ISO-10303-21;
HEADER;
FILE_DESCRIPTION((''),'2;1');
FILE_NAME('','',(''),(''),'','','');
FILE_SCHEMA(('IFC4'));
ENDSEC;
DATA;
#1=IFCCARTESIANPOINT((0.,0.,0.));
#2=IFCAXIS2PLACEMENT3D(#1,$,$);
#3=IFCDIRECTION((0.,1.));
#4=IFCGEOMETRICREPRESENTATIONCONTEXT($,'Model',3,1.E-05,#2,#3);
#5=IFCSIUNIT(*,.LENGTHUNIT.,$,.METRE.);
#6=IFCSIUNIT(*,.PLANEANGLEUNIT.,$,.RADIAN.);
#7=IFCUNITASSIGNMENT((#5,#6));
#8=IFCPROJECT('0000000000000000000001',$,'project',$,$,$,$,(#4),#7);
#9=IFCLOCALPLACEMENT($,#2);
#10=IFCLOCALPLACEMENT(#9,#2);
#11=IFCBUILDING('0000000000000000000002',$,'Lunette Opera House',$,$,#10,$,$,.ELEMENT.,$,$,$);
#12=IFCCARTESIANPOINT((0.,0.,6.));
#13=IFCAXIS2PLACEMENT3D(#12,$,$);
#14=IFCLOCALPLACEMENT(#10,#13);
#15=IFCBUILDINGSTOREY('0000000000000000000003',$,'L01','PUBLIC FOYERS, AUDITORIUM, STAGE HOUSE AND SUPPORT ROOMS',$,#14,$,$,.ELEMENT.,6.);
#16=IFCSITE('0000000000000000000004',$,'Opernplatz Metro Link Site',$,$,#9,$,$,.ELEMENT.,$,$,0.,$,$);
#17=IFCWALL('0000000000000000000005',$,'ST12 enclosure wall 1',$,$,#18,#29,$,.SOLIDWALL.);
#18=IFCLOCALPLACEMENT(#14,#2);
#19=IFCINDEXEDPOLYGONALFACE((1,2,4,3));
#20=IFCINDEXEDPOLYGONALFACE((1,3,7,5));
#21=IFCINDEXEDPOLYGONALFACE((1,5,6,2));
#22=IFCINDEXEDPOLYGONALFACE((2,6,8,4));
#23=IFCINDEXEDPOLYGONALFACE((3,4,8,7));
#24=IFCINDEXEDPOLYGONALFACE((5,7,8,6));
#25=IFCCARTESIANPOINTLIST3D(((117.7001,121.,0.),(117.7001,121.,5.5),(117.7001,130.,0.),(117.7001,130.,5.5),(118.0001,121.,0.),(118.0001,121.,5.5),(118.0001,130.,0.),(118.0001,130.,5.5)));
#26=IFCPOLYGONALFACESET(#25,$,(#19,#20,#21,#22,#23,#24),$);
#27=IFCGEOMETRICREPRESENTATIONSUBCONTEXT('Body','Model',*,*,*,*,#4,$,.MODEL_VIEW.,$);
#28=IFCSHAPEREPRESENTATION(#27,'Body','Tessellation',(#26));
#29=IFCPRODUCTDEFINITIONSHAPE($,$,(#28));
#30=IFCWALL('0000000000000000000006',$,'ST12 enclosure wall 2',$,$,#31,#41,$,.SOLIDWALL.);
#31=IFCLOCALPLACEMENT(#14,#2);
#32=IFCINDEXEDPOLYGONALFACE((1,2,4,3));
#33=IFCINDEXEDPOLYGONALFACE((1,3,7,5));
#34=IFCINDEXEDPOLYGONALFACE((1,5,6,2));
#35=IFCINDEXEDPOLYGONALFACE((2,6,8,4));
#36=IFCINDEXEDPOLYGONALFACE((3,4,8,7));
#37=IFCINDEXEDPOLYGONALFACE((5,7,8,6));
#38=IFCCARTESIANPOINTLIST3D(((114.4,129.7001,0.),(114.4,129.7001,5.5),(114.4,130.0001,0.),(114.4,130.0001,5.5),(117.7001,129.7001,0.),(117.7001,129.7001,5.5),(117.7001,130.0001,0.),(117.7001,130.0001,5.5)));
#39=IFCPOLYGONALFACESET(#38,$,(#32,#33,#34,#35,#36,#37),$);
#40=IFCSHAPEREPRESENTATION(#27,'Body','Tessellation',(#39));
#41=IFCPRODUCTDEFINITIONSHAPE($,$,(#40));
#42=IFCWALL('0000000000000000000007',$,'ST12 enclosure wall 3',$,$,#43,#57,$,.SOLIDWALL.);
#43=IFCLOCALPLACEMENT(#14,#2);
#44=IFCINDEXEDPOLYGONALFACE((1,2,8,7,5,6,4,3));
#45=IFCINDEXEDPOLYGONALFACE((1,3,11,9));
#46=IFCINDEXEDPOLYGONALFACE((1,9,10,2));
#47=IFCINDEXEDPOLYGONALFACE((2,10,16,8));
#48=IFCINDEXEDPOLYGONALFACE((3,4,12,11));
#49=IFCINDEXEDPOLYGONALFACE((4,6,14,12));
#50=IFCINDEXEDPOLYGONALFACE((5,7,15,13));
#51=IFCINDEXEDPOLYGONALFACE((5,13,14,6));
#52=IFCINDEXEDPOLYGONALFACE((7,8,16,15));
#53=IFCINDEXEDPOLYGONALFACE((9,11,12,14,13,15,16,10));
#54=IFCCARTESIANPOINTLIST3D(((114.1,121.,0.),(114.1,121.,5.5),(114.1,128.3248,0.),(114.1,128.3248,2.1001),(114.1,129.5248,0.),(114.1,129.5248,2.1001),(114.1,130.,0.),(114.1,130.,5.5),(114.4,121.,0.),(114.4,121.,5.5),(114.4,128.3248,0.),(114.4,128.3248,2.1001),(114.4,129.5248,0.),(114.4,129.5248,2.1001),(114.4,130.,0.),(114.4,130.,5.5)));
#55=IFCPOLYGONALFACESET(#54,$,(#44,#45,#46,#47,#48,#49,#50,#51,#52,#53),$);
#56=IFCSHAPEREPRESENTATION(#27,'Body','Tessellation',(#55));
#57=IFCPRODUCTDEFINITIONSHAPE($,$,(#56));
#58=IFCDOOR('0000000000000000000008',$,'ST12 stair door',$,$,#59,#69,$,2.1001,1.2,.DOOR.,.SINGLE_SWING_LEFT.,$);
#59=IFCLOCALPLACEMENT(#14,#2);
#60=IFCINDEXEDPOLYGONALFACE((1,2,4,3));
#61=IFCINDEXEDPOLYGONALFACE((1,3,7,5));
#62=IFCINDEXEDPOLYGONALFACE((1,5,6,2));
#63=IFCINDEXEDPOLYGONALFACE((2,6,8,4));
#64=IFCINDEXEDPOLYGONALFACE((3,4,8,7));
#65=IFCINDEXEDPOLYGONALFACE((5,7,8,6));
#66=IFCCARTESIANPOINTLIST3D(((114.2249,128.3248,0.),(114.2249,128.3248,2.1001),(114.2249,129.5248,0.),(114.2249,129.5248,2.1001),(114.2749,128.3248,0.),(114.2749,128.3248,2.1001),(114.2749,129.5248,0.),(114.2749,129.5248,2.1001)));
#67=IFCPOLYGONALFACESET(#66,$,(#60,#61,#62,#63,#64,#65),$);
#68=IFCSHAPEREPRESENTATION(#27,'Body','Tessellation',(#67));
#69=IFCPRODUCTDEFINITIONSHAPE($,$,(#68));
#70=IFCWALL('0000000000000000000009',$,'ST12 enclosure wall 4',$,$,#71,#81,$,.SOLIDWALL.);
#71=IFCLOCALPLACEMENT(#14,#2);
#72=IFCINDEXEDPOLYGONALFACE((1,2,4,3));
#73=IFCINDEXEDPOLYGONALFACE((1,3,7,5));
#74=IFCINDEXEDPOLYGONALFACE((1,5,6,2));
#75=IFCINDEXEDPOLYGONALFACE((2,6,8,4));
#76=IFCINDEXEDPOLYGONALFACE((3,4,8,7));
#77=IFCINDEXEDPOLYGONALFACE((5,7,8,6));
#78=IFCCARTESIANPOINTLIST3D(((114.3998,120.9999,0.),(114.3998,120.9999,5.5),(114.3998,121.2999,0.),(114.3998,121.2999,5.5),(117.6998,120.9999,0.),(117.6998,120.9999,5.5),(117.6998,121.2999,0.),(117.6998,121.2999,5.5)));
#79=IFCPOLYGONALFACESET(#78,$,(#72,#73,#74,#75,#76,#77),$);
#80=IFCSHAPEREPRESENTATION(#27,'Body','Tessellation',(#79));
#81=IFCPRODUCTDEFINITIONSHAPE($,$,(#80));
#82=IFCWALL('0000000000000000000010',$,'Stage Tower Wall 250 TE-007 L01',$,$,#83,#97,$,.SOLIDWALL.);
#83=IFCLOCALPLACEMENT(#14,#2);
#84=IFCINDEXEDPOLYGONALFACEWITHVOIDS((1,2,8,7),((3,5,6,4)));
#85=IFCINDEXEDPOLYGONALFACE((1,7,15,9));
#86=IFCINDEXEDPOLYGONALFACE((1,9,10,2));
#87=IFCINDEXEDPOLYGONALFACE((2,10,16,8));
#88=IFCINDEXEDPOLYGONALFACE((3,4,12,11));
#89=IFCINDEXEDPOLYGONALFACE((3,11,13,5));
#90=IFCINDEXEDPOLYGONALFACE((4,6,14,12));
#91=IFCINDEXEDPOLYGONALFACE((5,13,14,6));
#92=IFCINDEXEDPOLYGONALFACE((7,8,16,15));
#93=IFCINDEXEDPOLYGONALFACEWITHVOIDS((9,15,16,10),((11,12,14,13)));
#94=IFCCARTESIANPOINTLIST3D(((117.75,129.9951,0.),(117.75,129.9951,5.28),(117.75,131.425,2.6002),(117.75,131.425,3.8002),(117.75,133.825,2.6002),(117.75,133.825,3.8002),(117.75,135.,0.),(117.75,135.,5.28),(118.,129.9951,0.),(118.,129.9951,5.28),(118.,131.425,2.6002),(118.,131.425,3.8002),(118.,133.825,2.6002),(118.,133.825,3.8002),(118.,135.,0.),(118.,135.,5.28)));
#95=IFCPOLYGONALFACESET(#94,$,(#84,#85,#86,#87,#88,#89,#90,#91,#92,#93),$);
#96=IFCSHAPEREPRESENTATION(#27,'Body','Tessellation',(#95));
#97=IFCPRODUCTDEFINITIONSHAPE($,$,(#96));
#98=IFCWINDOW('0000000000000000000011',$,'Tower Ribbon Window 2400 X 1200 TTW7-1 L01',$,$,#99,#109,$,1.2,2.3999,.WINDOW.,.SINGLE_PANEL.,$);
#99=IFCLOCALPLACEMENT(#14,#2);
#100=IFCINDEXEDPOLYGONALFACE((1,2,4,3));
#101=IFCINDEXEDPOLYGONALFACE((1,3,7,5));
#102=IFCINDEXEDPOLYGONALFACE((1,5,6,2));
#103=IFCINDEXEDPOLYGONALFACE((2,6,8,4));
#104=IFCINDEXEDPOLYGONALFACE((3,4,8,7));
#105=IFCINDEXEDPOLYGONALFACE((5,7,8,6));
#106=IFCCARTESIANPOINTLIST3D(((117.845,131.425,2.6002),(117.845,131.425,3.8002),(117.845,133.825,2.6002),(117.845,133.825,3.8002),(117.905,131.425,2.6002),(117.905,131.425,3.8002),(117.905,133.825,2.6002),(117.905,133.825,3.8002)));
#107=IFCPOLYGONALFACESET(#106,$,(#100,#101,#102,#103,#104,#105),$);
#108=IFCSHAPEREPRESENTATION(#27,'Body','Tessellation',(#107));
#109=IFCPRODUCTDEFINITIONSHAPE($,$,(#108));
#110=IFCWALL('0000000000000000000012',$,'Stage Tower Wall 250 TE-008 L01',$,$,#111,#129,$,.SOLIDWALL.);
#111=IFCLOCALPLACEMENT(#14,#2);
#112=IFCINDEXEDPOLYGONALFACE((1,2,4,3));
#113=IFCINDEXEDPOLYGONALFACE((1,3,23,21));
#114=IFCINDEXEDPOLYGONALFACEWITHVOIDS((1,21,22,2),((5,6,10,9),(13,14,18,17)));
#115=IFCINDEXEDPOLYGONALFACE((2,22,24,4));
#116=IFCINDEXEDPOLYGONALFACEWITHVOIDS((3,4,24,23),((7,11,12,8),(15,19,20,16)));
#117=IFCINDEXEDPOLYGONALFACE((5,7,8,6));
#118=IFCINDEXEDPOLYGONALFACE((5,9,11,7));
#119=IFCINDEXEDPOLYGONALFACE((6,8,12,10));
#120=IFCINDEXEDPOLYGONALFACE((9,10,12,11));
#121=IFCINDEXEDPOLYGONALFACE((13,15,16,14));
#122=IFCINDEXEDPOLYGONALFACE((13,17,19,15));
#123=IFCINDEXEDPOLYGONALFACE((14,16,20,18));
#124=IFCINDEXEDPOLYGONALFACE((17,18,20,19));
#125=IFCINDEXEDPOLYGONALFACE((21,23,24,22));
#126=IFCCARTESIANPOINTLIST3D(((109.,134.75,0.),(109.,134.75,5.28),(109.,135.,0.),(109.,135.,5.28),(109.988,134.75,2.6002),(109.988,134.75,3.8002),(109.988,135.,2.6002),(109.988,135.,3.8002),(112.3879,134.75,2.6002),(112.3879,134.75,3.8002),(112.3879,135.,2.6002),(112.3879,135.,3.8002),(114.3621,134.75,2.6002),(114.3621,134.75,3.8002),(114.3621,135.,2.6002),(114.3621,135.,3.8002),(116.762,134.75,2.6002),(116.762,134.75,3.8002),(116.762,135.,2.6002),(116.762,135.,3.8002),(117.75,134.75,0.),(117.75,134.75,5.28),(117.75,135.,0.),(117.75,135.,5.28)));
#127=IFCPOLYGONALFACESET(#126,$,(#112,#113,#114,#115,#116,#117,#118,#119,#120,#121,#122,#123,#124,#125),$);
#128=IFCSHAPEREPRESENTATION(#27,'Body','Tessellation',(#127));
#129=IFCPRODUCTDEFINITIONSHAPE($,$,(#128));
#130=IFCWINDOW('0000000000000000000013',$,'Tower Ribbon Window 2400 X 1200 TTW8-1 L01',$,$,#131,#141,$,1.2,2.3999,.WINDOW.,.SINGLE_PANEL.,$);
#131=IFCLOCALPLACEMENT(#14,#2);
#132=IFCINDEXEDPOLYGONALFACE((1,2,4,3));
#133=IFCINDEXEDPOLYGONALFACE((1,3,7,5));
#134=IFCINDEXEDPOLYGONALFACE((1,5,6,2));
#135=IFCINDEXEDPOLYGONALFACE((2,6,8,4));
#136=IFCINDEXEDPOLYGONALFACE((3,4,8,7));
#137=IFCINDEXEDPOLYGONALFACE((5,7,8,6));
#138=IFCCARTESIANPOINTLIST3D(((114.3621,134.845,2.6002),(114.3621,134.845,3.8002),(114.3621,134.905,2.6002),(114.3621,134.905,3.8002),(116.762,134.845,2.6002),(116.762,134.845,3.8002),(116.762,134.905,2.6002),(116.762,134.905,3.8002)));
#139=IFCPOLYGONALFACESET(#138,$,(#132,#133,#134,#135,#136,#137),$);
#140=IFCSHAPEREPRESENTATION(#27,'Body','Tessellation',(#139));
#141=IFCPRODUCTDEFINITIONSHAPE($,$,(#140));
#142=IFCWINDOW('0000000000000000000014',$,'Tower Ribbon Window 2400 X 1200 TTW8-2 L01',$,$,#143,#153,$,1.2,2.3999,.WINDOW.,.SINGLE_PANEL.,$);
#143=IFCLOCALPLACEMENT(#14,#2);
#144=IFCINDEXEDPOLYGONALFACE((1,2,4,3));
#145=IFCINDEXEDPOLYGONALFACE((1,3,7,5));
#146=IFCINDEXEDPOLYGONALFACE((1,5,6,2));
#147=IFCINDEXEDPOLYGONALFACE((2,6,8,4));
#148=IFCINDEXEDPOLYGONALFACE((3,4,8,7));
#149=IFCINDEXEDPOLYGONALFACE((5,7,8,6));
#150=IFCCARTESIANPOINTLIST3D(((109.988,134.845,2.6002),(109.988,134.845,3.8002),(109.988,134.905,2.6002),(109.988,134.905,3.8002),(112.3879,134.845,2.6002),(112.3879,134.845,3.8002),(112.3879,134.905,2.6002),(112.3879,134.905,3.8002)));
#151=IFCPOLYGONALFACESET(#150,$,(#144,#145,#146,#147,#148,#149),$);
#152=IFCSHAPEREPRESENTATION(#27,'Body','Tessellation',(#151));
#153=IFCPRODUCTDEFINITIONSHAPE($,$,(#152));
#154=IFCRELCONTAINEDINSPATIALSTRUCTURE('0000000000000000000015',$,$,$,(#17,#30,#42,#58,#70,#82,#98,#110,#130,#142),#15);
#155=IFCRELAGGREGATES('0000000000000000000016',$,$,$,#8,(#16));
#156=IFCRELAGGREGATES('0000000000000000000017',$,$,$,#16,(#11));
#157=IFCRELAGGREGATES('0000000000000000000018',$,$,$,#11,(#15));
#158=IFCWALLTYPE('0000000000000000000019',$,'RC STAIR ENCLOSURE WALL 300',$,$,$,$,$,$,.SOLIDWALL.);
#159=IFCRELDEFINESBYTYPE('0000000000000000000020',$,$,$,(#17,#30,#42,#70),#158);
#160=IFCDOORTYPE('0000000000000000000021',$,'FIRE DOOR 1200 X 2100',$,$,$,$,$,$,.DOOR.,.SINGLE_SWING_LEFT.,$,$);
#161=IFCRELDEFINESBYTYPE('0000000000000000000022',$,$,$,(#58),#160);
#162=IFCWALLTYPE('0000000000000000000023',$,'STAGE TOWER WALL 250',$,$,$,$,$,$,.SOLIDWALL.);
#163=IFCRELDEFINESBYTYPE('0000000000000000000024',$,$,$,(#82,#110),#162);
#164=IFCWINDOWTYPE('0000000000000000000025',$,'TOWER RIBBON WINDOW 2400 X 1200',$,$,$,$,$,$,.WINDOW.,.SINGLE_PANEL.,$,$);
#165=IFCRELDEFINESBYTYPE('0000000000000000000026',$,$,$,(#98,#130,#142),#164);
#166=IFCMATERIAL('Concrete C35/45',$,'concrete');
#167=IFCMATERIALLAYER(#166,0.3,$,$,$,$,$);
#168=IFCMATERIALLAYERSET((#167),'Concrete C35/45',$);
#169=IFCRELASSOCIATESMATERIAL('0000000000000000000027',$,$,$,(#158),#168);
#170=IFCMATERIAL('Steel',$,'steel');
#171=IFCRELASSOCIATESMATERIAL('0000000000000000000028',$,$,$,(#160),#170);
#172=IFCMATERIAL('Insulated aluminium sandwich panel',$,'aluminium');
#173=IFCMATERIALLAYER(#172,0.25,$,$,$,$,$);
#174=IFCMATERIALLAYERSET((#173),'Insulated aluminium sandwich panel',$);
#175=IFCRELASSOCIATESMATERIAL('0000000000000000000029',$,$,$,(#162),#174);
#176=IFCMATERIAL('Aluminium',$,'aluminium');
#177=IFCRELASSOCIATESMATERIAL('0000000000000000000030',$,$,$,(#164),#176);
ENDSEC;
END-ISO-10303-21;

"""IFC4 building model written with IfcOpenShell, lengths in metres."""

from ifc_helpers import new_model, si_unit, direction, frame, frame_2d, origin, place, context, subcontext, project, spatial, rectangle, extrude, material, layer, layer_set, type_object, element, fill, save


model = new_model("IFC4")

# Units and contexts
model_context = context("Model", 3, precision=1e-05, world=origin(), true_north=direction((0.0, 1.0)))
body_context = subcontext(model_context, "Body", "Model", "MODEL_VIEW")
ifc_project = project(units=[si_unit("LENGTHUNIT", "METRE"), si_unit("PLANEANGLEUNIT", "RADIAN")], contexts=[model_context])

# Site, building, storey
site_placement = place(None, origin())
site = spatial("IfcSite", under=ifc_project, at=site_placement, Name="Opernplatz Metro Link Site", CompositionType="ELEMENT", RefElevation=0.0)
building_placement = place(site_placement, origin())
building = spatial("IfcBuilding", under=site, at=building_placement, Name="Lunette Opera House", CompositionType="ELEMENT")
storey_placement = place(building_placement, frame((0.0, 0.0, 6.0)))
storey = spatial("IfcBuildingStorey", under=building, at=storey_placement, Name="L01", Description="PUBLIC FOYERS, AUDITORIUM, STAGE HOUSE AND SUPPORT ROOMS", CompositionType="ELEMENT", Elevation=6.0)

# Walls
ifc_material_1 = material(Name="Concrete C35/45", Category="concrete")
ifc_layer_1 = layer(ifc_material_1, 0.3)
ifc_layer_set_1 = layer_set([ifc_layer_1], Name="Concrete C35/45")
wall_type_1 = type_object("IfcWallType", Name="RC STAIR ENCLOSURE WALL 300", PredefinedType="SOLIDWALL", material=ifc_layer_set_1)
wall_1_placement = place(storey_placement, frame((117.8501, 121.0, 0.0), z_axis=(0.0, 0.0, 1.0), x_axis=(0.0, 1.0, 0.0)))
element("IfcWall", 1, at=wall_1_placement, inside=storey, type_object=wall_type_1, Name="ST12 enclosure wall 1", PredefinedType="SOLIDWALL", context=body_context, shape_type="SweptSolid", body=[
    extrude(rectangle(XDim=9.0, YDim=0.3, at=frame_2d((4.5, 0.0))), origin(), (0.0, 0.0, 1.0), 5.5),
])
wall_2_placement = place(storey_placement, frame((117.7, 129.8501, 0.0), z_axis=(0.0, 0.0, 1.0), x_axis=(-1.0, 0.0, 0.0)))
element("IfcWall", 2, at=wall_2_placement, inside=storey, type_object=wall_type_1, Name="ST12 enclosure wall 2", PredefinedType="SOLIDWALL", context=body_context, shape_type="SweptSolid", body=[
    extrude(rectangle(XDim=3.3, YDim=0.3, at=frame_2d((1.6499, 0.0))), origin(), (0.0, 0.0, 1.0), 5.5),
])

# Wall, opening, door
wall_3_placement = place(storey_placement, frame((114.25, 130.0, 0.0), z_axis=(0.0, 0.0, 1.0), x_axis=(0.0, -1.0, 0.0)))
wall_3 = element("IfcWall", 3, at=wall_3_placement, inside=storey, type_object=wall_type_1, Name="ST12 enclosure wall 3", PredefinedType="SOLIDWALL", context=body_context, shape_type="SweptSolid", body=[
    extrude(rectangle(XDim=9.0, YDim=0.3, at=frame_2d((4.5, 0.0))), origin(), (0.0, 0.0, 1.0), 5.5),
])
opening_1_placement = place(wall_3_placement, frame((0.4751, 0.0, 0.0)))
opening_1 = element("IfcOpeningElement", 4, at=opening_1_placement, cuts=wall_3, PredefinedType="OPENING", context=body_context, shape_type="SweptSolid", body=[
    extrude(rectangle(XDim=1.2, YDim=2.1001, at=frame_2d((0.6001, 1.05))), frame((0.0, 0.1621, 0.0), z_axis=(0.0, -1.0, 0.0), x_axis=(1.0, 0.0, 0.0)), (0.0, 0.0, 1.0), 0.324),
])
ifc_material_2 = material(Name="Steel", Category="steel")
door_type = type_object("IfcDoorType", Name="FIRE DOOR 1200 X 2100", OperationType="SINGLE_SWING_LEFT", PredefinedType="DOOR", material=ifc_material_2)
door_placement = place(opening_1_placement, origin())
door = element("IfcDoor", 5, at=door_placement, inside=storey, type_object=door_type, Name="ST12 stair door", OperationType="SINGLE_SWING_LEFT", OverallHeight=2.1001, OverallWidth=1.2, PredefinedType="DOOR", context=body_context, shape_type="SweptSolid", body=[
    extrude(rectangle(XDim=1.2, YDim=2.1001, at=frame_2d((0.6001, 1.05))), frame((0.0, 0.0249, 0.0), z_axis=(0.0, -1.0, 0.0), x_axis=(1.0, 0.0, 0.0)), (0.0, 0.0, 1.0), 0.05),
])
fill(opening_1, door)

# Wall
wall_4_placement = place(storey_placement, frame((114.3999, 121.1499, 0.0), z_axis=(0.0, 0.0, 1.0), x_axis=(1.0, 0.0, 0.0)))
element("IfcWall", 6, at=wall_4_placement, inside=storey, type_object=wall_type_1, Name="ST12 enclosure wall 4", PredefinedType="SOLIDWALL", context=body_context, shape_type="SweptSolid", body=[
    extrude(rectangle(XDim=3.3, YDim=0.3, at=frame_2d((1.6499, 0.0))), origin(), (0.0, 0.0, 1.0), 5.5),
])

# Wall, opening, window
ifc_material_3 = material(Name="Insulated aluminium sandwich panel", Category="aluminium")
ifc_layer_2 = layer(ifc_material_3, 0.25)
ifc_layer_set_2 = layer_set([ifc_layer_2], Name="Insulated aluminium sandwich panel")
wall_type_2 = type_object("IfcWallType", Name="STAGE TOWER WALL 250", PredefinedType="SOLIDWALL", material=ifc_layer_set_2)
wall_5_placement = place(storey_placement, frame((117.875, 129.9951, 0.0), z_axis=(0.0, 0.0, 1.0), x_axis=(0.0, 1.0, 0.0)))
wall_5 = element("IfcWall", 7, at=wall_5_placement, inside=storey, type_object=wall_type_2, Name="Stage Tower Wall 250 TE-007 L01", PredefinedType="SOLIDWALL", context=body_context, shape_type="SweptSolid", body=[
    extrude(rectangle(XDim=5.0049, YDim=0.25, at=frame_2d((2.5024, 0.0))), origin(), (0.0, 0.0, 1.0), 5.28),
])
opening_2_placement = place(wall_5_placement, frame((1.4299, 0.0, 2.6001)))
opening_2 = element("IfcOpeningElement", 8, at=opening_2_placement, cuts=wall_5, PredefinedType="OPENING", context=body_context, shape_type="SweptSolid", body=[
    extrude(rectangle(XDim=2.3999, YDim=1.2, at=frame_2d((1.2, 0.6001))), frame((0.0, 0.137, 0.0), z_axis=(0.0, -1.0, 0.0), x_axis=(1.0, 0.0, 0.0)), (0.0, 0.0, 1.0), 0.2739),
])
ifc_material_4 = material(Name="Aluminium", Category="aluminium")
window_type = type_object("IfcWindowType", Name="TOWER RIBBON WINDOW 2400 X 1200", PartitioningType="SINGLE_PANEL", PredefinedType="WINDOW", material=ifc_material_4)
window_1_placement = place(opening_2_placement, origin())
window_1 = element("IfcWindow", 9, at=window_1_placement, inside=storey, type_object=window_type, Name="Tower Ribbon Window 2400 X 1200 TTW7-1 L01", OverallHeight=1.2, OverallWidth=2.3999, PartitioningType="SINGLE_PANEL", PredefinedType="WINDOW", context=body_context, shape_type="SweptSolid", body=[
    extrude(rectangle(XDim=2.3999, YDim=1.2, at=frame_2d((1.2, 0.6001))), frame((0.0, 0.03, 0.0), z_axis=(0.0, -1.0, 0.0), x_axis=(1.0, 0.0, 0.0)), (0.0, 0.0, 1.0), 0.0601),
])
fill(opening_2, window_1)

# Wall, openings, windows
wall_6_placement = place(storey_placement, frame((117.75, 134.875, 0.0), z_axis=(0.0, 0.0, 1.0), x_axis=(-1.0, 0.0, 0.0)))
wall_6 = element("IfcWall", 10, at=wall_6_placement, inside=storey, type_object=wall_type_2, Name="Stage Tower Wall 250 TE-008 L01", PredefinedType="SOLIDWALL", context=body_context, shape_type="SweptSolid", body=[
    extrude(rectangle(XDim=8.75, YDim=0.25, at=frame_2d((4.375, 0.0))), origin(), (0.0, 0.0, 1.0), 5.28),
])
opening_3_placement = place(wall_6_placement, frame((0.988, 0.0, 2.6001)))
opening_3 = element("IfcOpeningElement", 11, at=opening_3_placement, cuts=wall_6, PredefinedType="OPENING", context=body_context, shape_type="SweptSolid", body=[
    extrude(rectangle(XDim=2.3999, YDim=1.2, at=frame_2d((1.2, 0.6001))), frame((0.0, 0.137, 0.0), z_axis=(0.0, -1.0, 0.0), x_axis=(1.0, 0.0, 0.0)), (0.0, 0.0, 1.0), 0.2739),
])
opening_4_placement = place(wall_6_placement, frame((5.3621, 0.0, 2.6001)))
opening_4 = element("IfcOpeningElement", 12, at=opening_4_placement, cuts=wall_6, PredefinedType="OPENING", context=body_context, shape_type="SweptSolid", body=[
    extrude(rectangle(XDim=2.3999, YDim=1.2, at=frame_2d((1.2, 0.6001))), frame((0.0, 0.137, 0.0), z_axis=(0.0, -1.0, 0.0), x_axis=(1.0, 0.0, 0.0)), (0.0, 0.0, 1.0), 0.2739),
])
window_2_placement = place(opening_3_placement, origin())
window_2 = element("IfcWindow", 13, at=window_2_placement, inside=storey, type_object=window_type, Name="Tower Ribbon Window 2400 X 1200 TTW8-1 L01", OverallHeight=1.2, OverallWidth=2.3999, PartitioningType="SINGLE_PANEL", PredefinedType="WINDOW", context=body_context, shape_type="SweptSolid", body=[
    extrude(rectangle(XDim=2.3999, YDim=1.2, at=frame_2d((1.2, 0.6001))), frame((0.0, 0.03, 0.0), z_axis=(0.0, -1.0, 0.0), x_axis=(1.0, 0.0, 0.0)), (0.0, 0.0, 1.0), 0.0601),
])
fill(opening_3, window_2)
window_3_placement = place(opening_4_placement, origin())
window_3 = element("IfcWindow", 14, at=window_3_placement, inside=storey, type_object=window_type, Name="Tower Ribbon Window 2400 X 1200 TTW8-2 L01", OverallHeight=1.2, OverallWidth=2.3999, PartitioningType="SINGLE_PANEL", PredefinedType="WINDOW", context=body_context, shape_type="SweptSolid", body=[
    extrude(rectangle(XDim=2.3999, YDim=1.2, at=frame_2d((1.2, 0.6001))), frame((0.0, 0.03, 0.0), z_axis=(0.0, -1.0, 0.0), x_axis=(1.0, 0.0, 0.0)), (0.0, 0.0, 1.0), 0.0601),
])
fill(opening_4, window_3)

save(model, "model.ifc")
